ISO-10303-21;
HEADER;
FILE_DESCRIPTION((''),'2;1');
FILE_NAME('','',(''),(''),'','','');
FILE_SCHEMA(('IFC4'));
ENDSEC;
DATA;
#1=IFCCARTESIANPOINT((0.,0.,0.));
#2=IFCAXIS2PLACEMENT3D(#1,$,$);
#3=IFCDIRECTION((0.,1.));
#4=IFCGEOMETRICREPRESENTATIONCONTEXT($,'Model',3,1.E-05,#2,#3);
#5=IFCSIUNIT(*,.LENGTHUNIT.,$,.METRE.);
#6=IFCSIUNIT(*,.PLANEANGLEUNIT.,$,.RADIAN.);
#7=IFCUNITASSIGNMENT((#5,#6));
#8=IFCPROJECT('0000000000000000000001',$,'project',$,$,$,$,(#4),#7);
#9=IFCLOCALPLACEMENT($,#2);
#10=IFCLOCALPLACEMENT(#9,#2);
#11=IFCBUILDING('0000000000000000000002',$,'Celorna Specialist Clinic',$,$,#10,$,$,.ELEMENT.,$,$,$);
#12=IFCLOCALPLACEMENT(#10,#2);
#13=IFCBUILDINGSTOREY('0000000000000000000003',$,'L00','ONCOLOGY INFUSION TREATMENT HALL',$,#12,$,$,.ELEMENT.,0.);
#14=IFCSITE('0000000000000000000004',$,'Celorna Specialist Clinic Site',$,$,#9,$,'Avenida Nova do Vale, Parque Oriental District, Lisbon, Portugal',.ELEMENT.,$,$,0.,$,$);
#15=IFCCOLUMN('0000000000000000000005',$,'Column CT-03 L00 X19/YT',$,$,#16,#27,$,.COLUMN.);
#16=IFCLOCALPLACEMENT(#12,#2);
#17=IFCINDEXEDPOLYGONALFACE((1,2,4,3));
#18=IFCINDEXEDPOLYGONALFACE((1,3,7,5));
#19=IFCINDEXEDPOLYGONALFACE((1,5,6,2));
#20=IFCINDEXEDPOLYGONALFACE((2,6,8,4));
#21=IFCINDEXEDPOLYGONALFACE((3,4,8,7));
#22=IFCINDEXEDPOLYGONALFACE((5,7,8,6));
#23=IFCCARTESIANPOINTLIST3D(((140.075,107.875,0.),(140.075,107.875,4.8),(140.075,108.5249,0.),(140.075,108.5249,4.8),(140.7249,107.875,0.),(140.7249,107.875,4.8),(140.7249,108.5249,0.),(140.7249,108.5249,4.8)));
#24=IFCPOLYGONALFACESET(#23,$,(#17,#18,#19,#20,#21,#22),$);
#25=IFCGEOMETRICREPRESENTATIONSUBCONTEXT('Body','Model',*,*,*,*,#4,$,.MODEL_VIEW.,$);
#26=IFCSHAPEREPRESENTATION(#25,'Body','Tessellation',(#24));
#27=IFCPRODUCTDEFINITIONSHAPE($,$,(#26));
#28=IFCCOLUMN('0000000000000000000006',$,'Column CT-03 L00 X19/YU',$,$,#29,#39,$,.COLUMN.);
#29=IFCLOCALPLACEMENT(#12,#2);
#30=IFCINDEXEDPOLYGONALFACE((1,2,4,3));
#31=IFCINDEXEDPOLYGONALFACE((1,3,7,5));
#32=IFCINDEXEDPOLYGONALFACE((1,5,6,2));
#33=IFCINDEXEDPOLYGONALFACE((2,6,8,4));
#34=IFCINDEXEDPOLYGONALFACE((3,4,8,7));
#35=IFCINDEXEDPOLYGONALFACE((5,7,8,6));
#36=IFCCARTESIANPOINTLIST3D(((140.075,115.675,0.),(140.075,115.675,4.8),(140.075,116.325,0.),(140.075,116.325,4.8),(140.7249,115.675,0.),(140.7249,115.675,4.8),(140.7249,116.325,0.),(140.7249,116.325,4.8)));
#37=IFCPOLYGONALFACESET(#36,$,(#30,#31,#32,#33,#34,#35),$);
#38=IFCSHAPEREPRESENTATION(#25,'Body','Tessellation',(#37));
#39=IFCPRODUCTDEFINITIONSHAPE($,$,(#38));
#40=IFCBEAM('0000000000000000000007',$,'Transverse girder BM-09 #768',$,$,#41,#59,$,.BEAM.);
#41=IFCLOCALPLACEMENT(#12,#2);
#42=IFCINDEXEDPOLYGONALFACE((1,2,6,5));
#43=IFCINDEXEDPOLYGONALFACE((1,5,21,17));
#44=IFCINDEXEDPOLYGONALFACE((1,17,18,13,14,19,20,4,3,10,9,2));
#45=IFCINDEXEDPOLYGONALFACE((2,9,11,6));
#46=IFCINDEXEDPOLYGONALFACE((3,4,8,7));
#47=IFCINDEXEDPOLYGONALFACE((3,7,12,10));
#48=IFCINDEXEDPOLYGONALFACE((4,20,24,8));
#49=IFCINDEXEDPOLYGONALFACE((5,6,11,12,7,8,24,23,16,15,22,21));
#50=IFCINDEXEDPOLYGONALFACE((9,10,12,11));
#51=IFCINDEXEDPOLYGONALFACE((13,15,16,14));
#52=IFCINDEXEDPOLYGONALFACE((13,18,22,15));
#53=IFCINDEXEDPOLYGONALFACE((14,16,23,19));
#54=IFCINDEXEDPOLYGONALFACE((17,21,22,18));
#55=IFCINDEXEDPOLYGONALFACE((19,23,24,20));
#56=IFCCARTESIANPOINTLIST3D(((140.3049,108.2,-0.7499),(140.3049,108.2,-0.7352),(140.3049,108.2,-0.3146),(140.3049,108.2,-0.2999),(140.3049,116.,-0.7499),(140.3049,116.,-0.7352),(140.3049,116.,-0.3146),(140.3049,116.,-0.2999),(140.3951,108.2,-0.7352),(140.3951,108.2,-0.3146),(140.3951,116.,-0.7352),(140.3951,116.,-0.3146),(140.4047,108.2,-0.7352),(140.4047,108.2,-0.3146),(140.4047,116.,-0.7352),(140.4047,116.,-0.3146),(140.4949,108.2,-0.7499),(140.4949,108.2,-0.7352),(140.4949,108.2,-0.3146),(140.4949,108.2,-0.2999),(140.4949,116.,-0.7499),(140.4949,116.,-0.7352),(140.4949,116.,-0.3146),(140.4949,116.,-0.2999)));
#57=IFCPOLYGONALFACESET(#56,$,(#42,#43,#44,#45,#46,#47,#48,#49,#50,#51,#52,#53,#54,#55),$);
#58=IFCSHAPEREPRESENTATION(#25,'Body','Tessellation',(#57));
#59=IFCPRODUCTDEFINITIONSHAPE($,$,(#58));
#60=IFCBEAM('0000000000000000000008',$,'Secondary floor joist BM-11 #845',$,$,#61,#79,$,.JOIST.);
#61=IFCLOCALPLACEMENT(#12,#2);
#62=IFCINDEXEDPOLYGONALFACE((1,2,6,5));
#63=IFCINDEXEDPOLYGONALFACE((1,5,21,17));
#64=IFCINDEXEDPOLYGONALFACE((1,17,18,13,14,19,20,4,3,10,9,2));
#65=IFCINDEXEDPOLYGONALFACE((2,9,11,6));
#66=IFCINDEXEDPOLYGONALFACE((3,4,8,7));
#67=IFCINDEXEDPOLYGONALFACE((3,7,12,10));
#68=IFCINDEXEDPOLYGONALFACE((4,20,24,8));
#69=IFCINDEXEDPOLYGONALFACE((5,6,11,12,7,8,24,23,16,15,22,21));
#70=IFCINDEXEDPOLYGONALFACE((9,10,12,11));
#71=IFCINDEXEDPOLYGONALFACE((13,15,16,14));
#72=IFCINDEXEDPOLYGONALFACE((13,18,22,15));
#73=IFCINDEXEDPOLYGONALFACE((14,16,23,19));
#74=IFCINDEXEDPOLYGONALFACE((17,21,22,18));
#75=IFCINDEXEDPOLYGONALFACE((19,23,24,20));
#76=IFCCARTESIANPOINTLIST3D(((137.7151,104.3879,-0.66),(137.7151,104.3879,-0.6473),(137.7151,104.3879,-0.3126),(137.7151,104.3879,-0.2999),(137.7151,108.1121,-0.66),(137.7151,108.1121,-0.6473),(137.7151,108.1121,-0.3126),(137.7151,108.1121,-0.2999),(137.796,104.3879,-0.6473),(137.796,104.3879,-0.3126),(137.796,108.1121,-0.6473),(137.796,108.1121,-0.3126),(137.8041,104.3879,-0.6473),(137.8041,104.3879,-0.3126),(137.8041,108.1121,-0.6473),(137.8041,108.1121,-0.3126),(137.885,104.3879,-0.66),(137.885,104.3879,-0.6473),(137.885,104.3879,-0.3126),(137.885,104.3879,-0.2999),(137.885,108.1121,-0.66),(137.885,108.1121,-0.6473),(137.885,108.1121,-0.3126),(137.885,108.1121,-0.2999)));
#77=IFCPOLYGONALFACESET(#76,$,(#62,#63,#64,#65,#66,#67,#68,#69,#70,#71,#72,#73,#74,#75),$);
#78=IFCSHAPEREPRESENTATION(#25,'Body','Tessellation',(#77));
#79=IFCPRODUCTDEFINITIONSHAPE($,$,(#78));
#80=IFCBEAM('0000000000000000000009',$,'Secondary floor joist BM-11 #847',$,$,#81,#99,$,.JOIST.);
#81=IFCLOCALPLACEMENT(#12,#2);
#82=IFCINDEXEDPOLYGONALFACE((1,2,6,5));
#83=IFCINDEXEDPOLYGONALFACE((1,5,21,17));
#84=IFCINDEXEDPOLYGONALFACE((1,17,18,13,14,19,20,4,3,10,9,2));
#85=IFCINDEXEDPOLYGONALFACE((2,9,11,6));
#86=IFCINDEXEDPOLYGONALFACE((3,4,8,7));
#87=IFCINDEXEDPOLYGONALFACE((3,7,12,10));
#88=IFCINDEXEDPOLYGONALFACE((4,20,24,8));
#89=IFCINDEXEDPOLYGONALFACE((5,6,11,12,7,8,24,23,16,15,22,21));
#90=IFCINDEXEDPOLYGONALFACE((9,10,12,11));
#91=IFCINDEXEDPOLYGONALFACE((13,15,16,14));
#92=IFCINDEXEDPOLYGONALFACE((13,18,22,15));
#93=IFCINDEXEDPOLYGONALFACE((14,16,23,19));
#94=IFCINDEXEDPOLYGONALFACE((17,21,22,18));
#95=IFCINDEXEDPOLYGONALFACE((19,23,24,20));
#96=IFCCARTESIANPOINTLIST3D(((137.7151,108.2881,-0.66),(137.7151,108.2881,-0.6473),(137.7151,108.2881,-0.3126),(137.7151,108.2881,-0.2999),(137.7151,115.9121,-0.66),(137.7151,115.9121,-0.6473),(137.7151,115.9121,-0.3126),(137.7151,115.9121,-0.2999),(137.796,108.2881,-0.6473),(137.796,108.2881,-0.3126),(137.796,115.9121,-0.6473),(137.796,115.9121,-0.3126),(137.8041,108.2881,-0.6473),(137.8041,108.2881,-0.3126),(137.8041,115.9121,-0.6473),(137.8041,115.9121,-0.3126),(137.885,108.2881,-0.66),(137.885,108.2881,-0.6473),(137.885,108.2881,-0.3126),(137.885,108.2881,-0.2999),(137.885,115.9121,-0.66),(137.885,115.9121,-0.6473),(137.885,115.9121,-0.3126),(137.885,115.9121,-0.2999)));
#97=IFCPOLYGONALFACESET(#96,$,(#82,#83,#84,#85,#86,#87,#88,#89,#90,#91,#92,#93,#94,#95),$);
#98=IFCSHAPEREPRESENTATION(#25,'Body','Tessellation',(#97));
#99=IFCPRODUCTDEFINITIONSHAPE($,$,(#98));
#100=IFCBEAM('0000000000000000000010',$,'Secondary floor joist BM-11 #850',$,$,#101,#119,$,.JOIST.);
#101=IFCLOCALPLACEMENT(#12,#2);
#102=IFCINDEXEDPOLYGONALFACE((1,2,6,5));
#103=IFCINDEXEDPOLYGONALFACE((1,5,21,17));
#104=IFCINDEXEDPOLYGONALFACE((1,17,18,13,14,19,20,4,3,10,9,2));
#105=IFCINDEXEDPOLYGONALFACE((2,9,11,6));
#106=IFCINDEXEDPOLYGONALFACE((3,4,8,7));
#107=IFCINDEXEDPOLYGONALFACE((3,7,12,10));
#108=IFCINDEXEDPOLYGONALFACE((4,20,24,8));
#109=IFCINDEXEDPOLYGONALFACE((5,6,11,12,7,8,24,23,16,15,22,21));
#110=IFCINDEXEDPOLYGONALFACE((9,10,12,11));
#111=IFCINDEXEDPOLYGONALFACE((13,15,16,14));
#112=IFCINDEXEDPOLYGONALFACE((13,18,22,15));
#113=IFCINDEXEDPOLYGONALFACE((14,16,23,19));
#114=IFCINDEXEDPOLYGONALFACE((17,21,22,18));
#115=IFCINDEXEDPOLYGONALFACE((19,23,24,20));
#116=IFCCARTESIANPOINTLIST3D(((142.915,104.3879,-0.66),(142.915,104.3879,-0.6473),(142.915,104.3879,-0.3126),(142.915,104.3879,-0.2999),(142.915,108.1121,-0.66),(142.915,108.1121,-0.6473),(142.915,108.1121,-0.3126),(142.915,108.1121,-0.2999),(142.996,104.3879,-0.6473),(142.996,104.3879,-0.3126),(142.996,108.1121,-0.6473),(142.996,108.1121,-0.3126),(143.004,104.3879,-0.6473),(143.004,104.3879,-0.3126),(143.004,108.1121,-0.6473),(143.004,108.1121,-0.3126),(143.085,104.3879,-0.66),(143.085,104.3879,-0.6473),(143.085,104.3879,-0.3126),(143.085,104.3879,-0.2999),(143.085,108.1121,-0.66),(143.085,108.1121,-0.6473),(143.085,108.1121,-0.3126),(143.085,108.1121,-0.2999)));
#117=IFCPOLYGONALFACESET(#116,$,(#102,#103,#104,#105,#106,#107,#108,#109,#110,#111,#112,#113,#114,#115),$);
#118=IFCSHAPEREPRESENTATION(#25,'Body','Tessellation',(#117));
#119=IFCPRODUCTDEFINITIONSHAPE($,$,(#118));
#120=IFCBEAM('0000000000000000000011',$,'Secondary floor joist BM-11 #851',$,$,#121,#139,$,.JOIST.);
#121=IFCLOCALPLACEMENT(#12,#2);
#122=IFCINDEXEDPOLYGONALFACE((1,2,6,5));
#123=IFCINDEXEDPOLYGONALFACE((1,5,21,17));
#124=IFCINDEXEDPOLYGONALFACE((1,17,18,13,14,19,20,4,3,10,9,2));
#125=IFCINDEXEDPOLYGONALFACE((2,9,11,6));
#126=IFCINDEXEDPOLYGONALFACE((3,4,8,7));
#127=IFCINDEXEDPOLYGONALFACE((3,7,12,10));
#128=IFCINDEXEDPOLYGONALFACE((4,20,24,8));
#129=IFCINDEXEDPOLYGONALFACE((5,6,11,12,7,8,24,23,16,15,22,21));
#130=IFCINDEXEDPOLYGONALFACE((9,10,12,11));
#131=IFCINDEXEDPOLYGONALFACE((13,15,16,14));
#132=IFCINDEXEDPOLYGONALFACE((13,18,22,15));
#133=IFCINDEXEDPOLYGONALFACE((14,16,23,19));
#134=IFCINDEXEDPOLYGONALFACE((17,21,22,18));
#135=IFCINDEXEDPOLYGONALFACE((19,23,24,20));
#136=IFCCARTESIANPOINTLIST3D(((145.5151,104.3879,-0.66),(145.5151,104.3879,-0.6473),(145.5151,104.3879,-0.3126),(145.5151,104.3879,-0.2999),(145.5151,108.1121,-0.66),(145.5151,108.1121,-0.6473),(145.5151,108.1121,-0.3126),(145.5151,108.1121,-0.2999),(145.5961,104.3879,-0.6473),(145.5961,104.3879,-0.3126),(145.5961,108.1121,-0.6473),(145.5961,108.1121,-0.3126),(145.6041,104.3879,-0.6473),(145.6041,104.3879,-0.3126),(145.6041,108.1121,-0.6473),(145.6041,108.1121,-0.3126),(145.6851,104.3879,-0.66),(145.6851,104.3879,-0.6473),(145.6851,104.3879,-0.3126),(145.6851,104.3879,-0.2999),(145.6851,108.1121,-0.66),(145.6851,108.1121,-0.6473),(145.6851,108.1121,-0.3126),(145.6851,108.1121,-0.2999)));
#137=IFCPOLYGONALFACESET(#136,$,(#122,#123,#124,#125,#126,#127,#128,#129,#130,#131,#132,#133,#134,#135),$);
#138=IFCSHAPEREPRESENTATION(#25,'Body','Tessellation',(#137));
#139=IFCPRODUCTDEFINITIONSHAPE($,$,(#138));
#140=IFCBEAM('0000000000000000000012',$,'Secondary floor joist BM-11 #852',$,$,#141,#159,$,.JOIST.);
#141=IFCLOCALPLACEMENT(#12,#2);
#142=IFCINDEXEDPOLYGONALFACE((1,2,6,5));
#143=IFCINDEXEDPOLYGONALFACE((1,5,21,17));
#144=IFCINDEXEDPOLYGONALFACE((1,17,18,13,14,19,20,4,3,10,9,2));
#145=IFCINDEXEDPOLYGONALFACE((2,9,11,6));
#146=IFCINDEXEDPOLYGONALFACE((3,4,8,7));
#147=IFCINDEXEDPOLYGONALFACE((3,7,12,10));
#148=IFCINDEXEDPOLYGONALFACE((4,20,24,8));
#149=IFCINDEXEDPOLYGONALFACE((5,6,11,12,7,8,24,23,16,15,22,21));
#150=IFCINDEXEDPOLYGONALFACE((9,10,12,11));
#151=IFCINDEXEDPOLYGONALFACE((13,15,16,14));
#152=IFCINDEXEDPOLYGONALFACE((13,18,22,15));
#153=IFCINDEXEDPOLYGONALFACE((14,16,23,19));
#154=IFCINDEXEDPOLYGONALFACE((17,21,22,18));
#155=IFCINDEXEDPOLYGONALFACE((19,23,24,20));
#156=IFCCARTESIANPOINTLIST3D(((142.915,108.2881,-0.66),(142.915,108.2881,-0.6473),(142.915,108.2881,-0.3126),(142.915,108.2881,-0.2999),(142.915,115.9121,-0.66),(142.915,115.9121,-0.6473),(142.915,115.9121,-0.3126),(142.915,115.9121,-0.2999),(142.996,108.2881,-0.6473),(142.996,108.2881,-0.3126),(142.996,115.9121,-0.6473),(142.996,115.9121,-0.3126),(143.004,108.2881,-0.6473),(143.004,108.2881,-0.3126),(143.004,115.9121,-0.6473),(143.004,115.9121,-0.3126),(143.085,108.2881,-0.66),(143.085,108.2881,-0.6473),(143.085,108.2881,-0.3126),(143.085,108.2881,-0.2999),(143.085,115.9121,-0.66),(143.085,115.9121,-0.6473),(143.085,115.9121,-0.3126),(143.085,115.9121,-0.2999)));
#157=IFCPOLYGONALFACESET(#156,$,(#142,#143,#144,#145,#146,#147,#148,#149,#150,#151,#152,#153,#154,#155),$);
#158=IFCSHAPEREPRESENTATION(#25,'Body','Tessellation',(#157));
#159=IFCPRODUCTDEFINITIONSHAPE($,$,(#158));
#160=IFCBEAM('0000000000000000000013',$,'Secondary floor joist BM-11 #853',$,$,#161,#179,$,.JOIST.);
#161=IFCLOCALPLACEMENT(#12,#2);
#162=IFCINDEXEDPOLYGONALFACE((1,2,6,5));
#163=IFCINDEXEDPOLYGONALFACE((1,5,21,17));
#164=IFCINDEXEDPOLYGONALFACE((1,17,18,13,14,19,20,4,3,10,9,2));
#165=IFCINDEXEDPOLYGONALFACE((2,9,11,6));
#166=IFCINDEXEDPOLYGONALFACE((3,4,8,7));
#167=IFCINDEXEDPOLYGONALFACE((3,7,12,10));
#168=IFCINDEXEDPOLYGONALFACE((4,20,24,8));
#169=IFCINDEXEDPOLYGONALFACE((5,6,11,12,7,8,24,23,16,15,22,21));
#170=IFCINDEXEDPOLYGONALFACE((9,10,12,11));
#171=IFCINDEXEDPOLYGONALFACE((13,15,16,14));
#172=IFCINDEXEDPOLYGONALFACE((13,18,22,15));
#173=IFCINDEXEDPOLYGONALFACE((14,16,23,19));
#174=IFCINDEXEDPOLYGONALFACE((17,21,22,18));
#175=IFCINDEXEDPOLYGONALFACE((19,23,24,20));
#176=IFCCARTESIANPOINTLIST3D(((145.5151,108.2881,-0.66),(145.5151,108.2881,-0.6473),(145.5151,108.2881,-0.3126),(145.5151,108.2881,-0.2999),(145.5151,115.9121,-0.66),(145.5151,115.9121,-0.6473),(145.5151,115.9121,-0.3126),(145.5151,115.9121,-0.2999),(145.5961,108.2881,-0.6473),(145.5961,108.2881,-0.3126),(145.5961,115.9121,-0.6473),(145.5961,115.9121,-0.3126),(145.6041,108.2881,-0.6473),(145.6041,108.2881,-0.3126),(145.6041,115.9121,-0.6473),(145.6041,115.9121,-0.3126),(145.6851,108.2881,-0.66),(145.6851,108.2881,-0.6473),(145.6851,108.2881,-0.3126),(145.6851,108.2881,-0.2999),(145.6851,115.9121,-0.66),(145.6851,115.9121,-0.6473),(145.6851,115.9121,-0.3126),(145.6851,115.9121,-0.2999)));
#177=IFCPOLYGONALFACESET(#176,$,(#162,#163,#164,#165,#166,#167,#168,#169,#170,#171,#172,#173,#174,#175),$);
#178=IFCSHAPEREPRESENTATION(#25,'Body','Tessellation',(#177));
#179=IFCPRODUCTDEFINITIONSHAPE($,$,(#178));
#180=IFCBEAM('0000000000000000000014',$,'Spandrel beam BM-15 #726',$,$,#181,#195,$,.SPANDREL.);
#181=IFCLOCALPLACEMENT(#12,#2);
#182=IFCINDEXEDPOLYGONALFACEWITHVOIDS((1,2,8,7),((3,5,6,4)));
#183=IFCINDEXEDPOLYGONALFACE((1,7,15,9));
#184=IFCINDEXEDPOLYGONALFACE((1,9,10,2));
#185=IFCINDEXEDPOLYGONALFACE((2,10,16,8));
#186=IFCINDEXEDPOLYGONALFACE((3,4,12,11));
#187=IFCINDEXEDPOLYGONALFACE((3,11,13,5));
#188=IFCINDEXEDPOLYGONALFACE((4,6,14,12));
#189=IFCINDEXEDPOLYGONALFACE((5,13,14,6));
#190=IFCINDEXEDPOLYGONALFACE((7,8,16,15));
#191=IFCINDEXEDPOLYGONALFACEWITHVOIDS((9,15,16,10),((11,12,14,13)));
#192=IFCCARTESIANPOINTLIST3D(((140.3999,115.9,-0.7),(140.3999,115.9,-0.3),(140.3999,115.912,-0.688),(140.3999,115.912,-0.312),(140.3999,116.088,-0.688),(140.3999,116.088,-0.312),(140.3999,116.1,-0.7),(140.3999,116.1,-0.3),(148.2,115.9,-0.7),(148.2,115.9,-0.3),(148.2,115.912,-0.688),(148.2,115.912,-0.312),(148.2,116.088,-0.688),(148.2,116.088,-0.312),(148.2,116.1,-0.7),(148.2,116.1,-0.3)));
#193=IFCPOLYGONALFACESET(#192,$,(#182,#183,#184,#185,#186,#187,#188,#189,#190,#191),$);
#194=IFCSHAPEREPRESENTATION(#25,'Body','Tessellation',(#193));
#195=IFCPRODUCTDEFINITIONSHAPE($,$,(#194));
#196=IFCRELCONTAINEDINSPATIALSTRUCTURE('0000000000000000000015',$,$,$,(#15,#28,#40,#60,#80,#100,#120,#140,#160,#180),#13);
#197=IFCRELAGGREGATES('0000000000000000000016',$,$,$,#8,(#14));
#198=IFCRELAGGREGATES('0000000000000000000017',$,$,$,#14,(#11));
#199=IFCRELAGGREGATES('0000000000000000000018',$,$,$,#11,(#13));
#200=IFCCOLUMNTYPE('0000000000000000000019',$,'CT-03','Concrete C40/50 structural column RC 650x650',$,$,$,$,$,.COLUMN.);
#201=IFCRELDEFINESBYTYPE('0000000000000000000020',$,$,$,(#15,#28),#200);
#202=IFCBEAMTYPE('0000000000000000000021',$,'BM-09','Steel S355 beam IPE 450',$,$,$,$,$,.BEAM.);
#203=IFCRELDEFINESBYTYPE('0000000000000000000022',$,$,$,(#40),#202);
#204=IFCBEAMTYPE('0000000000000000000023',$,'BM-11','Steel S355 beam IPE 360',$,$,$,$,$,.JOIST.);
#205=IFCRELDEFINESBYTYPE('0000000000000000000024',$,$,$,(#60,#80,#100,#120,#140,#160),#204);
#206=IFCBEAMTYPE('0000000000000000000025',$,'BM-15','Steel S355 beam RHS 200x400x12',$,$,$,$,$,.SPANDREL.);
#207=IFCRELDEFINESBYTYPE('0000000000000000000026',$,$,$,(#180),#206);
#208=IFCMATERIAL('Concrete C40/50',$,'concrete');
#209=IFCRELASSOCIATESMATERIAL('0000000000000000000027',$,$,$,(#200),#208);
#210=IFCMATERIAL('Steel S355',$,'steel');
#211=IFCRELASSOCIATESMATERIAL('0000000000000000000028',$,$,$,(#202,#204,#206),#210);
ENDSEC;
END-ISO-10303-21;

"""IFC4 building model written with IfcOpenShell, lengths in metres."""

from ifc_helpers import new_model, si_unit, direction, frame, origin, origin_2d, place, context, subcontext, project, spatial, rectangle, hollow_rectangle, i_section, extrude, material, material_profile, profile_set, type_object, element, save


model = new_model("IFC4")

# Units and contexts
model_context = context("Model", 3, precision=1e-05, world=origin(), true_north=direction((0.0, 1.0)))
body_context = subcontext(model_context, "Body", "Model", "MODEL_VIEW")
ifc_project = project(units=[si_unit("LENGTHUNIT", "METRE"), si_unit("PLANEANGLEUNIT", "RADIAN")], contexts=[model_context])

# Site, building, storey
site_placement = place(None, origin())
site = spatial("IfcSite", under=ifc_project, at=site_placement, Name="Celorna Specialist Clinic Site", LongName="Avenida Nova do Vale, Parque Oriental District, Lisbon, Portugal", CompositionType="ELEMENT", RefElevation=0.0)
building_placement = place(site_placement, origin())
building = spatial("IfcBuilding", under=site, at=building_placement, Name="Celorna Specialist Clinic", CompositionType="ELEMENT")
storey_placement = place(building_placement, origin())
storey = spatial("IfcBuildingStorey", under=building, at=storey_placement, Name="L00", Description="ONCOLOGY INFUSION TREATMENT HALL", CompositionType="ELEMENT", Elevation=0.0)

# Columns
ifc_material_1 = material(Name="Concrete C40/50", Category="concrete")
ifc_material_profile_1 = material_profile(ifc_material_1, rectangle(XDim=0.6499, YDim=0.6499, at=origin_2d()), Name="RC 650x650")
ifc_profile_set_1 = profile_set([ifc_material_profile_1], Name="Concrete C40/50")
column_type = type_object("IfcColumnType", Name="CT-03", Description="Concrete C40/50 structural column RC 650x650", PredefinedType="COLUMN", material=ifc_profile_set_1)
for number, where, z_axis, x_axis, name in (
    (1, (140.3999, 108.2, 0.0), (0.0, 0.0, 1.0), (1.0, 0.0, 0.0), "Column CT-03 L00 X19/YT"),
    (2, (140.3999, 116.0, 0.0), (0.0, 0.0, 1.0), (1.0, 0.0, 0.0), "Column CT-03 L00 X19/YU"),
):
    element("IfcColumn", number, at=place(storey_placement, frame(where, z_axis=z_axis, x_axis=x_axis)), inside=storey, type_object=column_type, Name=name, PredefinedType="COLUMN", context=body_context, shape_type="SweptSolid", body=[
        extrude(rectangle(XDim=0.6499, YDim=0.6499, at=origin_2d()), origin(), (0.0, 0.0, 1.0), 4.8),
    ])

# Beams
ifc_material_2 = material(Name="Steel S355", Category="steel")
ifc_material_profile_2 = material_profile(ifc_material_2, i_section(OverallWidth=0.1899, OverallDepth=0.45, WebThickness=0.0095, FlangeThickness=0.0146, at=origin_2d()), Name="IPE 450")
ifc_profile_set_2 = profile_set([ifc_material_profile_2], Name="Steel S355")
beam_type_1 = type_object("IfcBeamType", Name="BM-09", Description="Steel S355 beam IPE 450", PredefinedType="BEAM", material=ifc_profile_set_2)
beam_1_placement = place(storey_placement, frame((140.3999, 108.2, -0.5249), z_axis=(0.0, 1.0, 0.0), x_axis=(-1.0, 0.0, 0.0)))
element("IfcBeam", 3, at=beam_1_placement, inside=storey, type_object=beam_type_1, Name="Transverse girder BM-09 #768", PredefinedType="BEAM", context=body_context, shape_type="SweptSolid", body=[
    extrude(i_section(OverallWidth=0.1899, OverallDepth=0.45, WebThickness=0.0095, FlangeThickness=0.0146, at=origin_2d()), origin(), (0.0, 0.0, 1.0), 7.8),
])
ifc_material_profile_3 = material_profile(ifc_material_2, i_section(OverallWidth=0.1699, OverallDepth=0.3601, WebThickness=0.0081, FlangeThickness=0.0127, at=origin_2d()), Name="IPE 360")
ifc_profile_set_3 = profile_set([ifc_material_profile_3], Name="Steel S355")
beam_type_2 = type_object("IfcBeamType", Name="BM-11", Description="Steel S355 beam IPE 360", PredefinedType="JOIST", material=ifc_profile_set_3)
beam_2_placement = place(storey_placement, frame((137.8, 104.3879, -0.48), z_axis=(0.0, 1.0, 0.0), x_axis=(-1.0, 0.0, 0.0)))
element("IfcBeam", 4, at=beam_2_placement, inside=storey, type_object=beam_type_2, Name="Secondary floor joist BM-11 #845", PredefinedType="JOIST", context=body_context, shape_type="SweptSolid", body=[
    extrude(i_section(OverallWidth=0.1699, OverallDepth=0.3601, WebThickness=0.0081, FlangeThickness=0.0127, at=origin_2d()), origin(), (0.0, 0.0, 1.0), 3.7241),
])
beam_3_placement = place(storey_placement, frame((137.8, 108.2881, -0.48), z_axis=(0.0, 1.0, 0.0), x_axis=(-1.0, 0.0, 0.0)))
element("IfcBeam", 5, at=beam_3_placement, inside=storey, type_object=beam_type_2, Name="Secondary floor joist BM-11 #847", PredefinedType="JOIST", context=body_context, shape_type="SweptSolid", body=[
    extrude(i_section(OverallWidth=0.1699, OverallDepth=0.3601, WebThickness=0.0081, FlangeThickness=0.0127, at=origin_2d()), origin(), (0.0, 0.0, 1.0), 7.624),
])
for number, where, z_axis, x_axis, name in (
    (6, (143.0, 104.3879, -0.48), (0.0, 1.0, 0.0), (-1.0, 0.0, 0.0), "Secondary floor joist BM-11 #850"),
    (7, (145.6001, 104.3879, -0.48), (0.0, 1.0, 0.0), (-1.0, 0.0, 0.0), "Secondary floor joist BM-11 #851"),
):
    element("IfcBeam", number, at=place(storey_placement, frame(where, z_axis=z_axis, x_axis=x_axis)), inside=storey, type_object=beam_type_2, Name=name, PredefinedType="JOIST", context=body_context, shape_type="SweptSolid", body=[
        extrude(i_section(OverallWidth=0.1699, OverallDepth=0.3601, WebThickness=0.0081, FlangeThickness=0.0127, at=origin_2d()), origin(), (0.0, 0.0, 1.0), 3.7241),
    ])
for number, where, z_axis, x_axis, name in (
    (8, (143.0, 108.2881, -0.48), (0.0, 1.0, 0.0), (-1.0, 0.0, 0.0), "Secondary floor joist BM-11 #852"),
    (9, (145.6001, 108.2881, -0.48), (0.0, 1.0, 0.0), (-1.0, 0.0, 0.0), "Secondary floor joist BM-11 #853"),
):
    element("IfcBeam", number, at=place(storey_placement, frame(where, z_axis=z_axis, x_axis=x_axis)), inside=storey, type_object=beam_type_2, Name=name, PredefinedType="JOIST", context=body_context, shape_type="SweptSolid", body=[
        extrude(i_section(OverallWidth=0.1699, OverallDepth=0.3601, WebThickness=0.0081, FlangeThickness=0.0127, at=origin_2d()), origin(), (0.0, 0.0, 1.0), 7.624),
    ])
ifc_material_profile_4 = material_profile(ifc_material_2, hollow_rectangle(XDim=0.2, YDim=0.3999, WallThickness=0.012, at=origin_2d()), Name="RHS 200x400x12")
ifc_profile_set_4 = profile_set([ifc_material_profile_4], Name="Steel S355")
beam_type_3 = type_object("IfcBeamType", Name="BM-15", Description="Steel S355 beam RHS 200x400x12", PredefinedType="SPANDREL", material=ifc_profile_set_4)
beam_4_placement = place(storey_placement, frame((140.3999, 116.0, -0.5), z_axis=(1.0, 0.0, 0.0), x_axis=(0.0, 1.0, 0.0)))
element("IfcBeam", 10, at=beam_4_placement, inside=storey, type_object=beam_type_3, Name="Spandrel beam BM-15 #726", PredefinedType="SPANDREL", context=body_context, shape_type="SweptSolid", body=[
    extrude(hollow_rectangle(XDim=0.2, YDim=0.3999, WallThickness=0.012, at=origin_2d()), origin(), (0.0, 0.0, 1.0), 7.8),
])

save(model, "model.ifc")
